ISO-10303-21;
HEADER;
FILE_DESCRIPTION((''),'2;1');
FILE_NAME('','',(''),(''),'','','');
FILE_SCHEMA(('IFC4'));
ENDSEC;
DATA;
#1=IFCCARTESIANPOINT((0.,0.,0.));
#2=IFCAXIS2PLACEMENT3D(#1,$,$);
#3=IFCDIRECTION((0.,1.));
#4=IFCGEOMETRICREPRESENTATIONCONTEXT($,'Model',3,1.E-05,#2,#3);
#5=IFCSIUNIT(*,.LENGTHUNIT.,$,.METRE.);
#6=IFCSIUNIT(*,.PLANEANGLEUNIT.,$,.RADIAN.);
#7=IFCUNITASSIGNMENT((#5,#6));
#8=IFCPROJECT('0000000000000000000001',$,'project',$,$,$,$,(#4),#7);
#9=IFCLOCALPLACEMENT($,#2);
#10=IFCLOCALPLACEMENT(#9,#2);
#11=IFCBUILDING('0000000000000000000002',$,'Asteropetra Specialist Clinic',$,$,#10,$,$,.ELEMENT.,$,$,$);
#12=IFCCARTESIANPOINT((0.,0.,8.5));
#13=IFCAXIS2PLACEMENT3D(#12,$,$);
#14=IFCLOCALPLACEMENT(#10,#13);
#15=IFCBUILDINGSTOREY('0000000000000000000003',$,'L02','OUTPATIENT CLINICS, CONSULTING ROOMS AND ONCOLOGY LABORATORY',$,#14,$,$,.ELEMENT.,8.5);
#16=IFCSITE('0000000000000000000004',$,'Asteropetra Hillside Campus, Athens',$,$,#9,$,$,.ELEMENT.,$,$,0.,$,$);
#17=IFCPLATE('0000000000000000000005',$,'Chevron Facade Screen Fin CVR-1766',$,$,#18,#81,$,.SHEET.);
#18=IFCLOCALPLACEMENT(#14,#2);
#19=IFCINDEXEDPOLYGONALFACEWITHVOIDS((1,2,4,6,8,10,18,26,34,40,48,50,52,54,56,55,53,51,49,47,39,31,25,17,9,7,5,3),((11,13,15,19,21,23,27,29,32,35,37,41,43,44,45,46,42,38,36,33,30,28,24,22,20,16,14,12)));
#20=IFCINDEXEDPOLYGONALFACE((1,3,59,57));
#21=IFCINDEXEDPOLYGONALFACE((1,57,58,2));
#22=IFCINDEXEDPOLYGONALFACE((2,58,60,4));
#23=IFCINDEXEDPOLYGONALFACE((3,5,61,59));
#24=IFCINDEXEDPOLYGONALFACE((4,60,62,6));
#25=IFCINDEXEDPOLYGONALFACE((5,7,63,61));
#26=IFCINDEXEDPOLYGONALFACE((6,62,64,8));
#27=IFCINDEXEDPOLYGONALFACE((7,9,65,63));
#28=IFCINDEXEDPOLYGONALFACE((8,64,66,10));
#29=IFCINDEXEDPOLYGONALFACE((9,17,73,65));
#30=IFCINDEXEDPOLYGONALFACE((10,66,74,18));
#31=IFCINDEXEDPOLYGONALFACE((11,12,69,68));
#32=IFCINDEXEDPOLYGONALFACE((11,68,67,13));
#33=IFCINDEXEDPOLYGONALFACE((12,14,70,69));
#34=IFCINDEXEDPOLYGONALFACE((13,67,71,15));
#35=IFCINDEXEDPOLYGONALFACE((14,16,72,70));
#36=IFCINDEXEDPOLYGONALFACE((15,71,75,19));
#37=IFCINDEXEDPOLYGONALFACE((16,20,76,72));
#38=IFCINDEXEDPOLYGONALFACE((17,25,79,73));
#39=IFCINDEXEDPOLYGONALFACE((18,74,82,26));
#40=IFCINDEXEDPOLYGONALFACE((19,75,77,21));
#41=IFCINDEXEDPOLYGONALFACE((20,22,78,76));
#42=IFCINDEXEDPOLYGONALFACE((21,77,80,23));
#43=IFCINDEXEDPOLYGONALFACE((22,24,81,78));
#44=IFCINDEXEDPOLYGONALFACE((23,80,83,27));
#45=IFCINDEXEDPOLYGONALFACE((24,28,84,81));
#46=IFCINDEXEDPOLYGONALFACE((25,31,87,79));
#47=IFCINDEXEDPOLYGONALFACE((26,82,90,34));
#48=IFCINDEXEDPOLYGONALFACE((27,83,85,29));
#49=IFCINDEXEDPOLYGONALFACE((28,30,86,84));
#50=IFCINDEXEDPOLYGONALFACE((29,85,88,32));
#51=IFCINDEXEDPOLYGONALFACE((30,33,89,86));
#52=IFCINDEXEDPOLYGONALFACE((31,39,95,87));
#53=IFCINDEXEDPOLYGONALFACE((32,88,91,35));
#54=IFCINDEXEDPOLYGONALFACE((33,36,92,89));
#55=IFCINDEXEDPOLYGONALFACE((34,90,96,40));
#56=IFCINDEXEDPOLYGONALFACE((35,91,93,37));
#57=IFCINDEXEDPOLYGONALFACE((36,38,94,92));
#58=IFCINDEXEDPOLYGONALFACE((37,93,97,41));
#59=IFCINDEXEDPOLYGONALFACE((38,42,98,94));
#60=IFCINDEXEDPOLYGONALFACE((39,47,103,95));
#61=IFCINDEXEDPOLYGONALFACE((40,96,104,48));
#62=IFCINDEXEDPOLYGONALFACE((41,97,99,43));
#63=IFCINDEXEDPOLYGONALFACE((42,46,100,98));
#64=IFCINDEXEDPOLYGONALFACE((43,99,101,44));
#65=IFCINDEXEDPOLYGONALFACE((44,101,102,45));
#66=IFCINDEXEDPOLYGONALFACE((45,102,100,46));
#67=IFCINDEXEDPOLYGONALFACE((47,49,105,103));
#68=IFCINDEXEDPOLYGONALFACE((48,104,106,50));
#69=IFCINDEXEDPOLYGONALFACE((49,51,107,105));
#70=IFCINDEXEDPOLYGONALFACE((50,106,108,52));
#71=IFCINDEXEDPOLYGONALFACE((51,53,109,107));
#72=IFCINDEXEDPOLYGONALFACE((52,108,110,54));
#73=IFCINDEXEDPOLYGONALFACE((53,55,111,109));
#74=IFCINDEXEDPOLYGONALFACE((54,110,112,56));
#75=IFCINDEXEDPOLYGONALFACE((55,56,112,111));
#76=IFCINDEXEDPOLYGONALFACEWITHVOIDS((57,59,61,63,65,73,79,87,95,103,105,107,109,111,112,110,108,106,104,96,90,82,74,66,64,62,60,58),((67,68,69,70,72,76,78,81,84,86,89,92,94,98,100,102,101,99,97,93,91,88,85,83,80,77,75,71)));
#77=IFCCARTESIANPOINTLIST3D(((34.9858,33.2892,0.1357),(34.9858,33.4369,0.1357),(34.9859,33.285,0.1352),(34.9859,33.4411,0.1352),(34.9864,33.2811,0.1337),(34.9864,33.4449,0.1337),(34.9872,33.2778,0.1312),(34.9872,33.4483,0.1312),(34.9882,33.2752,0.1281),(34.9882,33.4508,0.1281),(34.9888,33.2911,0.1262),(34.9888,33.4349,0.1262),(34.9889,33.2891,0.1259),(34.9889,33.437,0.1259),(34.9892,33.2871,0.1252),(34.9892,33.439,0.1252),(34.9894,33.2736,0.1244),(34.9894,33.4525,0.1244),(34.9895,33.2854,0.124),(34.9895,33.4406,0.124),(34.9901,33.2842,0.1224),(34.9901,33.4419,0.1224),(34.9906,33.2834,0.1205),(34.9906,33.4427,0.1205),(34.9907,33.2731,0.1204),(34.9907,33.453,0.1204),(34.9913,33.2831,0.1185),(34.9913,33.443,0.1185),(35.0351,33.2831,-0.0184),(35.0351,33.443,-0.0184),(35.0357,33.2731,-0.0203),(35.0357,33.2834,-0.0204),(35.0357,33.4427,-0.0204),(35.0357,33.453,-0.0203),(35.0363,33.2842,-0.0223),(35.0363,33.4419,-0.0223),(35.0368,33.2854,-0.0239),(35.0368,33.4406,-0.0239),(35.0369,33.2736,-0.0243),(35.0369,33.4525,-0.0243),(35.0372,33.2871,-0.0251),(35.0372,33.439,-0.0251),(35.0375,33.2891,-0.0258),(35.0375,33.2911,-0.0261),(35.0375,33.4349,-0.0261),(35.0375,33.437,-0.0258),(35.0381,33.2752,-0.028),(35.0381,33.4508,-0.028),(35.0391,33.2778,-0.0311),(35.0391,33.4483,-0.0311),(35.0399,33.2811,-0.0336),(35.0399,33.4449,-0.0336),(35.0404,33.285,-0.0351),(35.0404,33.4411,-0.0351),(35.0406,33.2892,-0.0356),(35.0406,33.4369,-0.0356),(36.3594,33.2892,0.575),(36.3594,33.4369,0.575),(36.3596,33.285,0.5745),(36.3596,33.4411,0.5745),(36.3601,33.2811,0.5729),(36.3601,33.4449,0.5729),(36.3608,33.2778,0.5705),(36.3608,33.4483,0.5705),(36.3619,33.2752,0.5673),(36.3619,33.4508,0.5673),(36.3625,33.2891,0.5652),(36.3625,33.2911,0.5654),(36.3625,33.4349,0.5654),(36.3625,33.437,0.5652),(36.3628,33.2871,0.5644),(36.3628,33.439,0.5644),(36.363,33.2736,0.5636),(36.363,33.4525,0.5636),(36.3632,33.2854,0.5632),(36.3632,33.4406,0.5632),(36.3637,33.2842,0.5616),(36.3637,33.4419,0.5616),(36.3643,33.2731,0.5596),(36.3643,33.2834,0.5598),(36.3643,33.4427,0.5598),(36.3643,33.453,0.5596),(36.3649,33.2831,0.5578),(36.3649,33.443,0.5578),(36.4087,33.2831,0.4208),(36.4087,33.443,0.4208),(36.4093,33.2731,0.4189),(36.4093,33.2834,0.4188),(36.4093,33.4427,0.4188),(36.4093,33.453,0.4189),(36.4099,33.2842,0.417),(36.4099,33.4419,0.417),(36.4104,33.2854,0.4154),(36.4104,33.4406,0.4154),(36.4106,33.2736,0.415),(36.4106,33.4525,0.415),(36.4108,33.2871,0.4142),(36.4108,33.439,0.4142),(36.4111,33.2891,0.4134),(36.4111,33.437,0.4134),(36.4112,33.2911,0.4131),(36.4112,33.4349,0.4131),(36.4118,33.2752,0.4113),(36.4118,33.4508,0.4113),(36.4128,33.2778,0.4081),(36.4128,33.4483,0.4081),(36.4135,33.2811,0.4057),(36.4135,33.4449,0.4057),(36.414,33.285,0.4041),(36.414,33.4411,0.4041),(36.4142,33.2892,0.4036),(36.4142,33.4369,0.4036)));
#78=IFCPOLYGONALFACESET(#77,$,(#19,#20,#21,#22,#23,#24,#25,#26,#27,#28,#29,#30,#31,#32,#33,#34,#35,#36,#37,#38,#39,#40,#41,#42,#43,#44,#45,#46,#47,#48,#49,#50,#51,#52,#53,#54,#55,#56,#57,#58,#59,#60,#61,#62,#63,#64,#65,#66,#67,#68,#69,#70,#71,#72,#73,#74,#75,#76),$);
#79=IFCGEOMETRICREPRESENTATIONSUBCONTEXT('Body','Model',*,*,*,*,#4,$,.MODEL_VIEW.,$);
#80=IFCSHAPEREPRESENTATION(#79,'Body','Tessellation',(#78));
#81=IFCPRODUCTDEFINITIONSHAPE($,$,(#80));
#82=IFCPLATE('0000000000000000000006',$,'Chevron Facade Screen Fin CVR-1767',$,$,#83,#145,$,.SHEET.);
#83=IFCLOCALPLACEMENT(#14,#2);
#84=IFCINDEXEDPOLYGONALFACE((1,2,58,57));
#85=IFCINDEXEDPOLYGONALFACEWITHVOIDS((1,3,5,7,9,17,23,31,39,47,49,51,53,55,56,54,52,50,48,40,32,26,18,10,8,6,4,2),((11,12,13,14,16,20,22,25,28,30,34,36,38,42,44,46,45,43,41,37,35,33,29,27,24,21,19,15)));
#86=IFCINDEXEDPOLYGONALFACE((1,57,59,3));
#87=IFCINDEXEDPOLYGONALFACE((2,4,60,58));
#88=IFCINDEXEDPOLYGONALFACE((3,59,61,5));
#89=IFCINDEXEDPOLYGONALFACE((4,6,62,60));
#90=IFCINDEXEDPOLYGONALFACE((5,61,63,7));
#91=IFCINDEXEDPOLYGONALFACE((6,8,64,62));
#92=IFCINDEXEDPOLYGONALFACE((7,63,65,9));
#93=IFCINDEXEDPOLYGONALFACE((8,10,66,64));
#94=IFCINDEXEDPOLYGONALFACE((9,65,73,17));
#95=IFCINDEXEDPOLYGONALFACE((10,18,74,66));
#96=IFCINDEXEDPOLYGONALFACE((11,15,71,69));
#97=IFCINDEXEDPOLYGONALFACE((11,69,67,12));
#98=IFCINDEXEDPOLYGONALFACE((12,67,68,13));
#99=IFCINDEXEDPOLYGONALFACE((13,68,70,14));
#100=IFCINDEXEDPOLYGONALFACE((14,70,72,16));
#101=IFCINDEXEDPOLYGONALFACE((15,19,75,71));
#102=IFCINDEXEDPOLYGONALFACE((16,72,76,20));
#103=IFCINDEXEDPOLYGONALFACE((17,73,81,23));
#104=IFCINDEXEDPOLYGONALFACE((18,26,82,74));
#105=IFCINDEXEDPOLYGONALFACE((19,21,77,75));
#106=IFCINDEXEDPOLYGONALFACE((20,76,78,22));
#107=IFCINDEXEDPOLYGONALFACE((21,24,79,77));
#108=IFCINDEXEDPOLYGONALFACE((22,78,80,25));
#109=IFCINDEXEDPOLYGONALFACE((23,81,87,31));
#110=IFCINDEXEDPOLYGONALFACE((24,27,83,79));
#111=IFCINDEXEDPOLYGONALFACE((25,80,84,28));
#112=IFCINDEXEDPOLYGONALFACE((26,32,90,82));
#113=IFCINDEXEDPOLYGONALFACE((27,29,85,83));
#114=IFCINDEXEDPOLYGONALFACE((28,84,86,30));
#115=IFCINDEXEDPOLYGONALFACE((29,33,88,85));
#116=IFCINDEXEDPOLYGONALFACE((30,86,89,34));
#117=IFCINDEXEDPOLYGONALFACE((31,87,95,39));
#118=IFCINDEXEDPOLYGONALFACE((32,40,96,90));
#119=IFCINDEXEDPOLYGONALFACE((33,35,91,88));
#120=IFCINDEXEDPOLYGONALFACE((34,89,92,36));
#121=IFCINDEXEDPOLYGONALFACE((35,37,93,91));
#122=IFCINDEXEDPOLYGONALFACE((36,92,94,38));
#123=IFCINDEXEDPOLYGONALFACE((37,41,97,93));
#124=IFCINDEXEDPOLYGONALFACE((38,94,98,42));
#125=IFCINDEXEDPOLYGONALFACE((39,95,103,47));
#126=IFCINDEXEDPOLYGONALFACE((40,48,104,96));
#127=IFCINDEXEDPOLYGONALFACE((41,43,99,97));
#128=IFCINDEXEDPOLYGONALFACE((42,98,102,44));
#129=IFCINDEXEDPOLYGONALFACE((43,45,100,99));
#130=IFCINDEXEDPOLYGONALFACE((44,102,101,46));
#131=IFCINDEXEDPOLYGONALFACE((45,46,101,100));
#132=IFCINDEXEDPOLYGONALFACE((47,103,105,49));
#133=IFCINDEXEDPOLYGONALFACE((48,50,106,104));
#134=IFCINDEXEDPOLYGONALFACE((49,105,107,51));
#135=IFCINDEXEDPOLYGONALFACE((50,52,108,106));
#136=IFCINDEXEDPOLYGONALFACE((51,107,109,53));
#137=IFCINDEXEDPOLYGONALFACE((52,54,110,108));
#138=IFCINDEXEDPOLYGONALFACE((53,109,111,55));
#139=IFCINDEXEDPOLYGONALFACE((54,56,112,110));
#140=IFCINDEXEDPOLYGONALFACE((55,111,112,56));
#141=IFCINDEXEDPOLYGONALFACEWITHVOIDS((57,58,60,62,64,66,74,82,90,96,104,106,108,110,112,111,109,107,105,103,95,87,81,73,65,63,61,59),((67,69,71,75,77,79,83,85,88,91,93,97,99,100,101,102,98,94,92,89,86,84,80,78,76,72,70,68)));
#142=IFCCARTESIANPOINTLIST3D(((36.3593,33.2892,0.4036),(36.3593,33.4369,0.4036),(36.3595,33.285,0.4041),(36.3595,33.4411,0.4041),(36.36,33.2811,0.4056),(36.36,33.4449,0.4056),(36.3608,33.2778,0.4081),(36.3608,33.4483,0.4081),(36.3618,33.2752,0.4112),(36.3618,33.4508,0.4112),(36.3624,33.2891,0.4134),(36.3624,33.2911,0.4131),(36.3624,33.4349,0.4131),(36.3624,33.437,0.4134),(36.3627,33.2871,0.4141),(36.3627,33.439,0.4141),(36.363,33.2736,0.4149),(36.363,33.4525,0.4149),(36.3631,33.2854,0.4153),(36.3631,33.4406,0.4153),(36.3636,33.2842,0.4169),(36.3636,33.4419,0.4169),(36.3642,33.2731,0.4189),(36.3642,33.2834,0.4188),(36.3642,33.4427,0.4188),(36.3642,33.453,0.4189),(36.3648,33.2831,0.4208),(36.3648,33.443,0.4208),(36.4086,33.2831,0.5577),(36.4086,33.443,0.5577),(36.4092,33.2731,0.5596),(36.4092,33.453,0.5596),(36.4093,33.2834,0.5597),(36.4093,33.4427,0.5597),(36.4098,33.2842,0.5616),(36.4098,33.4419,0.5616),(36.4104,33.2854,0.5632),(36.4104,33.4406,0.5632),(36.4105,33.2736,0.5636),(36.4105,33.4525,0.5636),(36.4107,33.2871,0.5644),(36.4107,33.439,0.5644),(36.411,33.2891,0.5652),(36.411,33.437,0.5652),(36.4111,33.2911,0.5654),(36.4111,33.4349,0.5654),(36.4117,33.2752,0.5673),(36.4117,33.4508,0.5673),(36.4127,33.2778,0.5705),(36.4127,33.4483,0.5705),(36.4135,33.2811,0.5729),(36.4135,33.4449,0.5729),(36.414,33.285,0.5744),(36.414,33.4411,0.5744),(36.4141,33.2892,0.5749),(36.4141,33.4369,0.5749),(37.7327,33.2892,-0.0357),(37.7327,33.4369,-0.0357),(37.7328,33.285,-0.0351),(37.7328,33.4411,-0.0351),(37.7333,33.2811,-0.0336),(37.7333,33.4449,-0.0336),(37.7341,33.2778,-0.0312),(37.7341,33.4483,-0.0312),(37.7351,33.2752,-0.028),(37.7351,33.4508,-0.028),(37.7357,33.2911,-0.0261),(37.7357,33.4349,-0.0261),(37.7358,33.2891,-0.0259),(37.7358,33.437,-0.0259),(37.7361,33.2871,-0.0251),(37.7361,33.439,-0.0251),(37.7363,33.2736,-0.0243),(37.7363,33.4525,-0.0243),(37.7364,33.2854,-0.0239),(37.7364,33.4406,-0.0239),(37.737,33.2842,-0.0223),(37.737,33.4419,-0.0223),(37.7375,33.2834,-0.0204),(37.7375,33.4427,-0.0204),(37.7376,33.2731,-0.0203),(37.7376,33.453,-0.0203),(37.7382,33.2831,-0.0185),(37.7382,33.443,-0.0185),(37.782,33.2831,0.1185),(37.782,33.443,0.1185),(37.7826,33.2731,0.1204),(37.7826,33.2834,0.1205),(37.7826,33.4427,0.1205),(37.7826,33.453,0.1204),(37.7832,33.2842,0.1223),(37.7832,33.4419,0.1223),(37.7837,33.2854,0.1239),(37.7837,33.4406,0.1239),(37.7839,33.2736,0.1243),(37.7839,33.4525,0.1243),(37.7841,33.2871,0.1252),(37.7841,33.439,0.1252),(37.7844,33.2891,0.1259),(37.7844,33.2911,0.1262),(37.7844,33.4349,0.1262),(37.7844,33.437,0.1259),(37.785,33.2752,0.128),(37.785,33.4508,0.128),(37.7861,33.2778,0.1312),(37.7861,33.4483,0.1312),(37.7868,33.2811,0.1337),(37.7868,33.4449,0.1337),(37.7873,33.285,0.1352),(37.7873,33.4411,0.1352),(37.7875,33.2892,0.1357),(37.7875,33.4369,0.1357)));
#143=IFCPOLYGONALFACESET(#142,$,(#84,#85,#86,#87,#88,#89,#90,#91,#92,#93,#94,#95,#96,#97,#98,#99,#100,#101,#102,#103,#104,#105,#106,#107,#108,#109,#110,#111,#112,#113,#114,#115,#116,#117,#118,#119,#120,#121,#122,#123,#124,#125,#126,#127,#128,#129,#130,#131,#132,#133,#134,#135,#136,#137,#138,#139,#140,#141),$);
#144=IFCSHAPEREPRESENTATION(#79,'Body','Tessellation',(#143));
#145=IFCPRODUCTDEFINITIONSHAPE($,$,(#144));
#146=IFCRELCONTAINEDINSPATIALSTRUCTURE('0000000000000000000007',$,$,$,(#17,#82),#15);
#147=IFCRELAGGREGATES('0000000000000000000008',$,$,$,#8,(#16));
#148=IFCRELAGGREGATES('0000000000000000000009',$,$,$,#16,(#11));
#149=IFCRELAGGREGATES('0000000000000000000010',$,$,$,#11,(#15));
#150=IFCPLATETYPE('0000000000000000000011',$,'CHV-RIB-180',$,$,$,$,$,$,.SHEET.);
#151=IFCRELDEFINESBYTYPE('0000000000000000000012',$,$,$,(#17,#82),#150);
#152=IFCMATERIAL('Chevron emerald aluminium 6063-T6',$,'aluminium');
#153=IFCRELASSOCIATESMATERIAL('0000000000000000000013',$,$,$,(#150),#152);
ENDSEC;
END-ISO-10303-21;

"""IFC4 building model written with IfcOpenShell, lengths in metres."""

from ifc_helpers import new_model, si_unit, direction, frame, origin, origin_2d, place, context, subcontext, project, spatial, hollow_rectangle, extrude, material, material_profile, profile_set, type_object, element, save


model = new_model("IFC4")

# Units and contexts
model_context = context("Model", 3, precision=1e-05, world=origin(), true_north=direction((0.0, 1.0)))
body_context = subcontext(model_context, "Body", "Model", "MODEL_VIEW")
ifc_project = project(units=[si_unit("LENGTHUNIT", "METRE"), si_unit("PLANEANGLEUNIT", "RADIAN")], contexts=[model_context])

# Site, building, storey
site_placement = place(None, origin())
site = spatial("IfcSite", under=ifc_project, at=site_placement, Name="Asteropetra Hillside Campus, Athens", CompositionType="ELEMENT", RefElevation=0.0)
building_placement = place(site_placement, origin())
building = spatial("IfcBuilding", under=site, at=building_placement, Name="Asteropetra Specialist Clinic", CompositionType="ELEMENT")
storey_placement = place(building_placement, frame((0.0, 0.0, 8.5)))
storey = spatial("IfcBuildingStorey", under=building, at=storey_placement, Name="L02", Description="OUTPATIENT CLINICS, CONSULTING ROOMS AND ONCOLOGY LABORATORY", CompositionType="ELEMENT", Elevation=8.5)

# Plates
ifc_material_1 = material(Name="Chevron emerald aluminium 6063-T6", Category="aluminium")
ifc_material_profile_1 = material_profile(ifc_material_1, hollow_rectangle(XDim=0.1799, YDim=0.1799, WallThickness=0.01, InnerFilletRadius=0.0081, OuterFilletRadius=0.0161, at=origin_2d()), Name="SHS 180x180x10.0")
ifc_profile_set_1 = profile_set([ifc_material_profile_1], Name="Chevron emerald aluminium 6063-T6")
plate_type_1 = type_object("IfcPlateType", Name="CHV-RIB-180", PredefinedType="SHEET", material=ifc_profile_set_1)
plate_1_placement = place(storey_placement, frame((35.0132, 33.363, 0.05), z_axis=(0.952489, 0.0, 0.304573), x_axis=(0.0, 1.0, 0.0)))
element("IfcPlate", 1, at=plate_1_placement, inside=storey, type_object=plate_type_1, Name="Chevron Facade Screen Fin CVR-1766", PredefinedType="SHEET", context=body_context, shape_type="SweptSolid", body=[
    extrude(hollow_rectangle(XDim=0.1799, YDim=0.1799, WallThickness=0.01, InnerFilletRadius=0.0081, OuterFilletRadius=0.0161, at=origin_2d()), origin(), (0.0, 0.0, 1.0), 1.4421),
])
plate_2_placement = place(storey_placement, frame((36.3867, 33.363, 0.4893), z_axis=(0.952473, 0.0, -0.304622), x_axis=(0.0, 1.0, 0.0)))
element("IfcPlate", 2, at=plate_2_placement, inside=storey, type_object=plate_type_1, Name="Chevron Facade Screen Fin CVR-1767", PredefinedType="SHEET", context=body_context, shape_type="SweptSolid", body=[
    extrude(hollow_rectangle(XDim=0.1799, YDim=0.1799, WallThickness=0.01, InnerFilletRadius=0.0081, OuterFilletRadius=0.0161, at=origin_2d()), origin(), (0.0, 0.0, 1.0), 1.4419),
])

save(model, "model.ifc")
